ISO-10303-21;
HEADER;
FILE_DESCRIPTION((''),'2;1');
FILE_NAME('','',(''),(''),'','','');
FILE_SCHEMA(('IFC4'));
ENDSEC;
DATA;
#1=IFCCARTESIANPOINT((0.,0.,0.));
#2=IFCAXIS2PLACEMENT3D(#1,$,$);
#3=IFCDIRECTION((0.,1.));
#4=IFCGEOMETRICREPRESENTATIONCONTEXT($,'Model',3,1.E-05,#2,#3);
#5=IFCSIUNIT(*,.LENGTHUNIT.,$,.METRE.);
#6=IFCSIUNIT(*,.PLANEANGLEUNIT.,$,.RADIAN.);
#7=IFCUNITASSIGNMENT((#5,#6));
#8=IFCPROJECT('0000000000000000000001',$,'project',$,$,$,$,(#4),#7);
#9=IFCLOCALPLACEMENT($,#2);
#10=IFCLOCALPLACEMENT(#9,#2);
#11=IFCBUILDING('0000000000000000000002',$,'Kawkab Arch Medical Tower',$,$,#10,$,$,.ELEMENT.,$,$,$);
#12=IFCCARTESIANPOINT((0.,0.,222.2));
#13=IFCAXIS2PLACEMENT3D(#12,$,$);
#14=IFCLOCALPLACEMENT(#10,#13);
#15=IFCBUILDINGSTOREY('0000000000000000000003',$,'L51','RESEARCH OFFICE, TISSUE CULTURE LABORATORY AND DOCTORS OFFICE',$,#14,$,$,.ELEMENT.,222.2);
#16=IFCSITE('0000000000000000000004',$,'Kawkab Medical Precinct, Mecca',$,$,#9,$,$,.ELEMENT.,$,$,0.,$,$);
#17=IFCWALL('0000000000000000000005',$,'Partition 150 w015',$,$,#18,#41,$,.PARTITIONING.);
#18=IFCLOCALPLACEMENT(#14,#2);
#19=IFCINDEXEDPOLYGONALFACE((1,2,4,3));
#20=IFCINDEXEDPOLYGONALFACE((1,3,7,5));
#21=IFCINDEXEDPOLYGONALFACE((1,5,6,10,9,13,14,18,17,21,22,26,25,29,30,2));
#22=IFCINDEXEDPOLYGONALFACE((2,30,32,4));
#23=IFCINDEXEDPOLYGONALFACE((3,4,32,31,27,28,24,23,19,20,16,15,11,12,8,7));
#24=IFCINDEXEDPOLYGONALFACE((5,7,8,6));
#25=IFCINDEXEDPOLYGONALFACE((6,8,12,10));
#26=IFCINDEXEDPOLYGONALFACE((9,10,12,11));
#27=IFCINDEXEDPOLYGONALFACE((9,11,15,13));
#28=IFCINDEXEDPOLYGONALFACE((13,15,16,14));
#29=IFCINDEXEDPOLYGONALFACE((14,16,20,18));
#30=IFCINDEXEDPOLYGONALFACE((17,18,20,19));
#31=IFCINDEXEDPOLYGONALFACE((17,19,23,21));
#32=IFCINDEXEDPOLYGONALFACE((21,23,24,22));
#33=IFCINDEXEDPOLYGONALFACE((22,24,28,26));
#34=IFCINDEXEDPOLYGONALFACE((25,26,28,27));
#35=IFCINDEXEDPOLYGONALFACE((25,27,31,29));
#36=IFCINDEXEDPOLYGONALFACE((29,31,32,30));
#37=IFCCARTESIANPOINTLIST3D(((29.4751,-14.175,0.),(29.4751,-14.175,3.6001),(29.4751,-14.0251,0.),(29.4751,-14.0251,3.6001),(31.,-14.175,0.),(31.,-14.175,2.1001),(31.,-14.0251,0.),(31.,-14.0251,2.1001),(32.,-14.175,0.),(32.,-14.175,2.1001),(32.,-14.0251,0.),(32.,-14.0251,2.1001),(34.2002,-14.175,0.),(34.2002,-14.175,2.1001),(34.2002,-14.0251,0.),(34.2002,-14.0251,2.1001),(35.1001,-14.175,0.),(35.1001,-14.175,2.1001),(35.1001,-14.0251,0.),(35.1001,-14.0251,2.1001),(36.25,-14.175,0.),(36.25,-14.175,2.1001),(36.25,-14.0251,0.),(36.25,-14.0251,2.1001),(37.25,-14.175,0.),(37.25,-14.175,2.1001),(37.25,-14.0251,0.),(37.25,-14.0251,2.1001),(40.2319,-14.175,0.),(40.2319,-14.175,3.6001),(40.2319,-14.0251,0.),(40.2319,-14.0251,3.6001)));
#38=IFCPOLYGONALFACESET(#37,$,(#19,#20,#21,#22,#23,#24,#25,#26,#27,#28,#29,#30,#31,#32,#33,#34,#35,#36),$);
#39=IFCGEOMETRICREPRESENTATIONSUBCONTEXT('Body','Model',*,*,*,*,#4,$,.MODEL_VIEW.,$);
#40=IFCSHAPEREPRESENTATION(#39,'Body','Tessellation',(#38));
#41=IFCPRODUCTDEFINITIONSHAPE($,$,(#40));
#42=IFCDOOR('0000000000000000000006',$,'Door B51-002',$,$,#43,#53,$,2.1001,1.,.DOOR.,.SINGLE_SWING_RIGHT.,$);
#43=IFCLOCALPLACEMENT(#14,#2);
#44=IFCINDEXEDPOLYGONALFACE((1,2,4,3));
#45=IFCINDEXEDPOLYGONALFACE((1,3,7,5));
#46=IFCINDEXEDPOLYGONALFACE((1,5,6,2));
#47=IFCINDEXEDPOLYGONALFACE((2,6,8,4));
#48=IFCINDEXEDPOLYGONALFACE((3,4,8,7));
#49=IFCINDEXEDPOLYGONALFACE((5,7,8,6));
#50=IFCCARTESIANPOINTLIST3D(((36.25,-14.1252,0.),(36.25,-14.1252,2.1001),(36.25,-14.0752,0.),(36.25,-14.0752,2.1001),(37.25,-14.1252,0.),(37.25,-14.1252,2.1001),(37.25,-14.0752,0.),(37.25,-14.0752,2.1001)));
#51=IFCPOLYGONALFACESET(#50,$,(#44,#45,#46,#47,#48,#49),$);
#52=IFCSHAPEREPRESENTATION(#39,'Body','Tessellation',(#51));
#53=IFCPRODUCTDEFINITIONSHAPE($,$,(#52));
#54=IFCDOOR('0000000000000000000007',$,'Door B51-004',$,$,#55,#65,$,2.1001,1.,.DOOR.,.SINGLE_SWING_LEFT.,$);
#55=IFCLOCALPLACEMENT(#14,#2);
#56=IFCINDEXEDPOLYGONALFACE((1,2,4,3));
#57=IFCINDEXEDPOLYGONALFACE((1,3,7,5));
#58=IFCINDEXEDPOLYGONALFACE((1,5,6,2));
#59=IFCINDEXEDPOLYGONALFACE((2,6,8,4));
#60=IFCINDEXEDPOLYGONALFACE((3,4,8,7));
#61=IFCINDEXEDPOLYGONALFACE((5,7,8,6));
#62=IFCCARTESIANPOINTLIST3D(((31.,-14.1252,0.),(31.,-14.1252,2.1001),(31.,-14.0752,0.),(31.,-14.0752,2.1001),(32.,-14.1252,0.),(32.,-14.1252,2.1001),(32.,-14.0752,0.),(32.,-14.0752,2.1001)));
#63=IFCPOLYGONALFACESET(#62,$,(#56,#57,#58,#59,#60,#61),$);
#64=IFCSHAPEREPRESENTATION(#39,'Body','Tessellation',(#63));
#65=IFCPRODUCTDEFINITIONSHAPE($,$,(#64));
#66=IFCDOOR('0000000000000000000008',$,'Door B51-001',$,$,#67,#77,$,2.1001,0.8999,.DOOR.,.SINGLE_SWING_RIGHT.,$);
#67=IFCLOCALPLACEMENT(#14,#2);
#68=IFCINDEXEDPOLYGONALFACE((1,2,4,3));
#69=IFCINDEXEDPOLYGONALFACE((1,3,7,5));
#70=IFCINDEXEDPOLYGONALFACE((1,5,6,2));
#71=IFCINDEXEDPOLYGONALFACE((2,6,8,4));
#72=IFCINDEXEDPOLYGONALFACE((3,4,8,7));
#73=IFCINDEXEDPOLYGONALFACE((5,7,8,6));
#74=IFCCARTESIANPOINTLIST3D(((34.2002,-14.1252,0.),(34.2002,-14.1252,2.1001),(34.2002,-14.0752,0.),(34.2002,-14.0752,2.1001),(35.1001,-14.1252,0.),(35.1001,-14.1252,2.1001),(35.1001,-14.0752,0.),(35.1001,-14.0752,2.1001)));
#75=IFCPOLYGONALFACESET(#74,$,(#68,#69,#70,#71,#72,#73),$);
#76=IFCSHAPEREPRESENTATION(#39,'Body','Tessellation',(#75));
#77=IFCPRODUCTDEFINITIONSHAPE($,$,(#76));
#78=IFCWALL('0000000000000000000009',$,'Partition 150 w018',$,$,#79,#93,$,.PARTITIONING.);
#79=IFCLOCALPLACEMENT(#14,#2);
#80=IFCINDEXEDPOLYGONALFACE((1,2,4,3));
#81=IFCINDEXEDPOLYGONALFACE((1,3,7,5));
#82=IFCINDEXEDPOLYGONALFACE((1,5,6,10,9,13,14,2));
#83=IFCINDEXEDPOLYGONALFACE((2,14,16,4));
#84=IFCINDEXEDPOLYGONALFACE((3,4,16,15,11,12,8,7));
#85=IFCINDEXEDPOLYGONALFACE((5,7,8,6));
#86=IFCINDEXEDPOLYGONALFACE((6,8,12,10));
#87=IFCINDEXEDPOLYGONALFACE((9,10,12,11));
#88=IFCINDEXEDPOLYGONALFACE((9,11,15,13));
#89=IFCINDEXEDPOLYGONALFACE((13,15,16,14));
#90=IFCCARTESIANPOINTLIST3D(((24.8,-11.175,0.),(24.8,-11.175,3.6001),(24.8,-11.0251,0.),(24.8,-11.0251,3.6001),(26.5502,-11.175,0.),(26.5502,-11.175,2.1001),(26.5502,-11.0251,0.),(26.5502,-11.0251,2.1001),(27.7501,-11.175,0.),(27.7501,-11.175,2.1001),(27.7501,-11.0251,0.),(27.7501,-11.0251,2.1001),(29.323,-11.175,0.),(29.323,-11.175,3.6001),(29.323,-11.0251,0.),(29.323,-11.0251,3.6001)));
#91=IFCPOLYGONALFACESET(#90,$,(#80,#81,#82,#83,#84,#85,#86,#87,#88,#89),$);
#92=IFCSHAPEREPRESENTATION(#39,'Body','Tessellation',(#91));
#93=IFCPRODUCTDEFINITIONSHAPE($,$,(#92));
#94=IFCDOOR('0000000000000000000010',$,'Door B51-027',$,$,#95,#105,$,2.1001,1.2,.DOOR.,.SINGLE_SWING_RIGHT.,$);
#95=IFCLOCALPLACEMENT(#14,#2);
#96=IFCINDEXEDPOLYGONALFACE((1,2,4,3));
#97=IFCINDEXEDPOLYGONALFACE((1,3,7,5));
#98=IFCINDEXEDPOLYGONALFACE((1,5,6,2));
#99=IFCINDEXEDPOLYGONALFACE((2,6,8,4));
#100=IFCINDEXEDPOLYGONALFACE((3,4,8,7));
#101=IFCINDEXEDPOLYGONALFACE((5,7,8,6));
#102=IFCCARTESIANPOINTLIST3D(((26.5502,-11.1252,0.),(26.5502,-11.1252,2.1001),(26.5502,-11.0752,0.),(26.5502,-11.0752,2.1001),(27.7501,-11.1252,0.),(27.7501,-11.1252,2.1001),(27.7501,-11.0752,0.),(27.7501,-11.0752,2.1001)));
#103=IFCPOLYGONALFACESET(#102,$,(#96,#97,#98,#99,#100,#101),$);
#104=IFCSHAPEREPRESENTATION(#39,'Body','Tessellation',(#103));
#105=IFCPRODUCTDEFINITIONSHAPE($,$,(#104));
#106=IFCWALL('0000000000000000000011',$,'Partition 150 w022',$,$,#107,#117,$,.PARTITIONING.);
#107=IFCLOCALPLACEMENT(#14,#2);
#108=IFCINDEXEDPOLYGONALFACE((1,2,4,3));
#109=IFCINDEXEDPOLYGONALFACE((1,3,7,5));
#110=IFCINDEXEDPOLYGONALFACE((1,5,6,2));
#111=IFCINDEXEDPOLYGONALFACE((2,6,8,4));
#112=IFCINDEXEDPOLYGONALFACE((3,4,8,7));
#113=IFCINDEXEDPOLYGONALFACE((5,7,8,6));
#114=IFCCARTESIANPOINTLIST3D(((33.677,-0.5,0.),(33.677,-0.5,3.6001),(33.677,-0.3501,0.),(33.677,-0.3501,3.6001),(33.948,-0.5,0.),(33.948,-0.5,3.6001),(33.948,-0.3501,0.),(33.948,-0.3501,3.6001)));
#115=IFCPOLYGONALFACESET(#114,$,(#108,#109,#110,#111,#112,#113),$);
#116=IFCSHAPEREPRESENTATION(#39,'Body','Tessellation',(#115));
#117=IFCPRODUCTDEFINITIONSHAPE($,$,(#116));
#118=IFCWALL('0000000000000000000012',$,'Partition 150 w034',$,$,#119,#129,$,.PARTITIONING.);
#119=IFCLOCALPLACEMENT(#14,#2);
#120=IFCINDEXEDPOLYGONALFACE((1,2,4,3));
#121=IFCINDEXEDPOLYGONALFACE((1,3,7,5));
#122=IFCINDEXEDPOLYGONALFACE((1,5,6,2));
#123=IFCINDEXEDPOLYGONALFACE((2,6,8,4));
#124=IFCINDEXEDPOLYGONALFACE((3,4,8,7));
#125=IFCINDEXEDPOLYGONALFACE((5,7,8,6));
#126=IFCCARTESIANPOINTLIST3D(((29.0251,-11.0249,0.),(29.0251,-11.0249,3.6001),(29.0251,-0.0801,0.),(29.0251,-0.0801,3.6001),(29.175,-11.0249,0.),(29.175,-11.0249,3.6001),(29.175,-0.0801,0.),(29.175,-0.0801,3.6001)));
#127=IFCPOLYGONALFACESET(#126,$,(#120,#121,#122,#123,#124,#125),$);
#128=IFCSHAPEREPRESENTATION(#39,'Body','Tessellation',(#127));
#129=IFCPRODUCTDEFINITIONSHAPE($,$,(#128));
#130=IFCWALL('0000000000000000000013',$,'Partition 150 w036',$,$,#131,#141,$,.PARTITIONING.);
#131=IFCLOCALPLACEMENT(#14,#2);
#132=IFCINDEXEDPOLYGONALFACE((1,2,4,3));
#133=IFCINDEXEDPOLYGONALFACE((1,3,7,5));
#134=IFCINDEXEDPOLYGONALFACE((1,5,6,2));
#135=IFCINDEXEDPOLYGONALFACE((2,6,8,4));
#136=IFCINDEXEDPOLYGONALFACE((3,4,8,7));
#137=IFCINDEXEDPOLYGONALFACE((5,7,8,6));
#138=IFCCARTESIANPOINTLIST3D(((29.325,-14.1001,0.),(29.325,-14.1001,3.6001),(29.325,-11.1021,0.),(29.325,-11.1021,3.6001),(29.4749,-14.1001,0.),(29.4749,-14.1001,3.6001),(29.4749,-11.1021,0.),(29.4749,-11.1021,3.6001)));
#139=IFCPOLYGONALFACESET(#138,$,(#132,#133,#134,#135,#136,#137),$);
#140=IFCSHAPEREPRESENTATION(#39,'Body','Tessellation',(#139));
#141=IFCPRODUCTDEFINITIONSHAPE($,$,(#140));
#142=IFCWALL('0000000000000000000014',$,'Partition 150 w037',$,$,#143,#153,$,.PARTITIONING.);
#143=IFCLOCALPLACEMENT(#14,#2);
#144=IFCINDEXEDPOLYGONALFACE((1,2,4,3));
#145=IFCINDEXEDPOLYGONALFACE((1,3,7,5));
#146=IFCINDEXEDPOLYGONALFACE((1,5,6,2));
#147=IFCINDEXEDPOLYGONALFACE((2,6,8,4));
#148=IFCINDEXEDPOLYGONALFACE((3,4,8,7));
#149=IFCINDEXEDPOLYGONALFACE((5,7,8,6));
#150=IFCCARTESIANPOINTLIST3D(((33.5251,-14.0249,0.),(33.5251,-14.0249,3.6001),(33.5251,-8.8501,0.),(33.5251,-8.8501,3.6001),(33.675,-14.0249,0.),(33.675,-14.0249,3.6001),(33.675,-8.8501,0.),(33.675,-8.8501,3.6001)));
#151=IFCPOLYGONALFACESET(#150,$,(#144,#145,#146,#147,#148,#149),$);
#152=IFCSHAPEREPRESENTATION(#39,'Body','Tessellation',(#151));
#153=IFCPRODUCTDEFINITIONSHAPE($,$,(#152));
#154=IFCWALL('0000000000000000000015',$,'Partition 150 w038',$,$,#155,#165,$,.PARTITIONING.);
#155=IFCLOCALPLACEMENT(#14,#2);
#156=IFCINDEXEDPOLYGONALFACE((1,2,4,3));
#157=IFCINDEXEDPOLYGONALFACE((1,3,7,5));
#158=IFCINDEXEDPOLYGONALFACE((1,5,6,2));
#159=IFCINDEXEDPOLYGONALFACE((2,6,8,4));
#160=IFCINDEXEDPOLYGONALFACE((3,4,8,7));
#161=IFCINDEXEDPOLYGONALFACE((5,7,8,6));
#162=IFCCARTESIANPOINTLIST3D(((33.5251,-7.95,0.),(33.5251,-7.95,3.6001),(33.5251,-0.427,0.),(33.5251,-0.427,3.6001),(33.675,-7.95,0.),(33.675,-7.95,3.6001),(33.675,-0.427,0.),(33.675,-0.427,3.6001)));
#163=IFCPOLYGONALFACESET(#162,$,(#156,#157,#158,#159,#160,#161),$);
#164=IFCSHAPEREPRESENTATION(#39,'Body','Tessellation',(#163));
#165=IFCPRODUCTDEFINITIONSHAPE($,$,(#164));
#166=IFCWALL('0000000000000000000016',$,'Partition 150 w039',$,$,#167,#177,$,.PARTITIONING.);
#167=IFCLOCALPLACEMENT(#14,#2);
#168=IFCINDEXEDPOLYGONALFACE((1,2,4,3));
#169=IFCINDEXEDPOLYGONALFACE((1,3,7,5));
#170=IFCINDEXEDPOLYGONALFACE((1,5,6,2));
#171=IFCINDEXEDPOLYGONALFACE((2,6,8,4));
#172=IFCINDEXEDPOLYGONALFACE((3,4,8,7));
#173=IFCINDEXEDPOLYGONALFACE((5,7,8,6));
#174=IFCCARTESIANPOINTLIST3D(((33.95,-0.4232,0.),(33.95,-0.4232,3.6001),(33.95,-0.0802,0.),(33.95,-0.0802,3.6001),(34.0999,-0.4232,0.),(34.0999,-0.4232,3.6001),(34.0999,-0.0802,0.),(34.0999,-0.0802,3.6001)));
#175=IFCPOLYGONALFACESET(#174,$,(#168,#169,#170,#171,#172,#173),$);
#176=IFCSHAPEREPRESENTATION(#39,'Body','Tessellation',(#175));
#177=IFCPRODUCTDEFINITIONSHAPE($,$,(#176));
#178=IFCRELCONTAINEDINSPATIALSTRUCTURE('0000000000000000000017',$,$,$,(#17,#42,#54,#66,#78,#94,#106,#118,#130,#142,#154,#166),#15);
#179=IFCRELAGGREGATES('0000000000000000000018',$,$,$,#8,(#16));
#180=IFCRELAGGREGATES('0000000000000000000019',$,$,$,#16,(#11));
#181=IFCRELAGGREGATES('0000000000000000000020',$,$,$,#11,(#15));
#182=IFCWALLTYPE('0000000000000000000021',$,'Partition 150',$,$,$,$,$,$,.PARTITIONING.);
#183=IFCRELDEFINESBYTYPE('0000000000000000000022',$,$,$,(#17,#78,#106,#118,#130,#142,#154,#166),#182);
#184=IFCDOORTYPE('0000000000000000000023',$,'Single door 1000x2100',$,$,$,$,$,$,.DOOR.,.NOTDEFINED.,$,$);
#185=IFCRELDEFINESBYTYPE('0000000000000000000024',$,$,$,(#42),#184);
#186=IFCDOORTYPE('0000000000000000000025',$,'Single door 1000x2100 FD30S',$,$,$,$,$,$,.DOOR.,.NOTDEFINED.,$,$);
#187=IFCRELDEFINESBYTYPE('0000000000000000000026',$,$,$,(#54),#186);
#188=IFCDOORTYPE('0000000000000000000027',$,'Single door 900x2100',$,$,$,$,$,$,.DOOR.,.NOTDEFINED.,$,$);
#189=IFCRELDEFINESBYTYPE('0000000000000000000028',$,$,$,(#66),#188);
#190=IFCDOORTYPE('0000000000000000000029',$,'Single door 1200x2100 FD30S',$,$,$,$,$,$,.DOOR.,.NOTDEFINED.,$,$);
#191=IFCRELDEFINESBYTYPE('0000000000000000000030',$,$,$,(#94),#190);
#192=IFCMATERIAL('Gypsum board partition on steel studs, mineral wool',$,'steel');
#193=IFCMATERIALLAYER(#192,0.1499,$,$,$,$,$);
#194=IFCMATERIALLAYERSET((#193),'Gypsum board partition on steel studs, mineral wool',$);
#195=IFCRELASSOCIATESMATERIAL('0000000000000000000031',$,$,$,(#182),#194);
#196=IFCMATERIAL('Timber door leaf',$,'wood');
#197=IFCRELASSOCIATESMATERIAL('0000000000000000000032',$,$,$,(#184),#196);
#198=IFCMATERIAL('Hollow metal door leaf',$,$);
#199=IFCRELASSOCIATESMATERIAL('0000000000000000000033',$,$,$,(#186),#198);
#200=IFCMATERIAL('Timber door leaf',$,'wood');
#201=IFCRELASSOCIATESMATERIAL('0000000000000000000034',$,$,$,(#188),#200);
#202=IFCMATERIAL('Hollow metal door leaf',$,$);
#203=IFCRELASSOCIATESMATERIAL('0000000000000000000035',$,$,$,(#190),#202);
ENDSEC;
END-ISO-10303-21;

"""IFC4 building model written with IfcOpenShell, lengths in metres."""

from ifc_helpers import new_model, si_unit, direction, frame, frame_2d, origin, place, context, subcontext, project, spatial, rectangle, extrude, material, layer, layer_set, type_object, element, fill, save


model = new_model("IFC4")

# Units and contexts
model_context = context("Model", 3, precision=1e-05, world=origin(), true_north=direction((0.0, 1.0)))
body_context = subcontext(model_context, "Body", "Model", "MODEL_VIEW")
ifc_project = project(units=[si_unit("LENGTHUNIT", "METRE"), si_unit("PLANEANGLEUNIT", "RADIAN")], contexts=[model_context])

# Site, building, storey
site_placement = place(None, origin())
site = spatial("IfcSite", under=ifc_project, at=site_placement, Name="Kawkab Medical Precinct, Mecca", CompositionType="ELEMENT", RefElevation=0.0)
building_placement = place(site_placement, origin())
building = spatial("IfcBuilding", under=site, at=building_placement, Name="Kawkab Arch Medical Tower", CompositionType="ELEMENT")
storey_placement = place(building_placement, frame((0.0, 0.0, 222.2)))
storey = spatial("IfcBuildingStorey", under=building, at=storey_placement, Name="L51", Description="RESEARCH OFFICE, TISSUE CULTURE LABORATORY AND DOCTORS OFFICE", CompositionType="ELEMENT", Elevation=222.2)

# Wall, openings, doors
ifc_material_1 = material(Name="Gypsum board partition on steel studs, mineral wool", Category="steel")
ifc_layer_1 = layer(ifc_material_1, 0.1499)
ifc_layer_set_1 = layer_set([ifc_layer_1], Name="Gypsum board partition on steel studs, mineral wool")
wall_type_1 = type_object("IfcWallType", Name="Partition 150", PredefinedType="PARTITIONING", material=ifc_layer_set_1)
wall_1_placement = place(storey_placement, frame((29.4751, -14.1001, 0.0), z_axis=(0.0, 0.0, 1.0), x_axis=(1.0, 0.0, 0.0)))
wall_1 = element("IfcWall", 1, at=wall_1_placement, inside=storey, type_object=wall_type_1, Name="Partition 150 w015", PredefinedType="PARTITIONING", context=body_context, shape_type="SweptSolid", body=[
    extrude(rectangle(XDim=10.7568, YDim=0.1499, at=frame_2d((5.3784, 0.0))), origin(), (0.0, 0.0, 1.0), 3.6001),
])
opening_1_placement = place(wall_1_placement, frame((1.5249, 0.0, 0.0)))
opening_1 = element("IfcOpeningElement", 2, at=opening_1_placement, cuts=wall_1, PredefinedType="OPENING", context=body_context, shape_type="SweptSolid", body=[
    extrude(rectangle(XDim=1.0, YDim=2.1001, at=frame_2d((0.5, 1.05))), frame((0.0, 0.085, 0.0), z_axis=(0.0, -1.0, 0.0), x_axis=(1.0, 0.0, 0.0)), (0.0, 0.0, 1.0), 0.1699),
])
opening_2_placement = place(wall_1_placement, frame((4.7251, 0.0, 0.0)))
opening_2 = element("IfcOpeningElement", 3, at=opening_2_placement, cuts=wall_1, PredefinedType="OPENING", context=body_context, shape_type="SweptSolid", body=[
    extrude(rectangle(XDim=0.8999, YDim=2.1001, at=frame_2d((0.45, 1.05))), frame((0.0, 0.085, 0.0), z_axis=(0.0, -1.0, 0.0), x_axis=(1.0, 0.0, 0.0)), (0.0, 0.0, 1.0), 0.1699),
])
opening_3_placement = place(wall_1_placement, frame((6.7749, 0.0, 0.0)))
opening_3 = element("IfcOpeningElement", 4, at=opening_3_placement, cuts=wall_1, PredefinedType="OPENING", context=body_context, shape_type="SweptSolid", body=[
    extrude(rectangle(XDim=1.0, YDim=2.1001, at=frame_2d((0.5, 1.05))), frame((0.0, 0.085, 0.0), z_axis=(0.0, -1.0, 0.0), x_axis=(1.0, 0.0, 0.0)), (0.0, 0.0, 1.0), 0.1699),
])
ifc_material_2 = material(Name="Timber door leaf", Category="wood")
door_type_1 = type_object("IfcDoorType", Name="Single door 1000x2100", OperationType="NOTDEFINED", PredefinedType="DOOR", material=ifc_material_2)
door_1_placement = place(opening_3_placement, origin())
door_1 = element("IfcDoor", 5, at=door_1_placement, inside=storey, type_object=door_type_1, Name="Door B51-002", OperationType="SINGLE_SWING_RIGHT", OverallHeight=2.1001, OverallWidth=1.0, PredefinedType="DOOR", context=body_context, shape_type="SweptSolid", body=[
    extrude(rectangle(XDim=1.0, YDim=2.1001, at=frame_2d((0.5, 1.05))), frame((0.0, 0.0249, 0.0), z_axis=(0.0, -1.0, 0.0), x_axis=(1.0, 0.0, 0.0)), (0.0, 0.0, 1.0), 0.05),
])
fill(opening_3, door_1)
ifc_material_3 = material(Name="Hollow metal door leaf")
door_type_2 = type_object("IfcDoorType", Name="Single door 1000x2100 FD30S", OperationType="NOTDEFINED", PredefinedType="DOOR", material=ifc_material_3)
door_2_placement = place(opening_1_placement, origin())
door_2 = element("IfcDoor", 6, at=door_2_placement, inside=storey, type_object=door_type_2, Name="Door B51-004", OperationType="SINGLE_SWING_LEFT", OverallHeight=2.1001, OverallWidth=1.0, PredefinedType="DOOR", context=body_context, shape_type="SweptSolid", body=[
    extrude(rectangle(XDim=1.0, YDim=2.1001, at=frame_2d((0.5, 1.05))), frame((0.0, 0.0249, 0.0), z_axis=(0.0, -1.0, 0.0), x_axis=(1.0, 0.0, 0.0)), (0.0, 0.0, 1.0), 0.05),
])
fill(opening_1, door_2)
ifc_material_4 = material(Name="Timber door leaf", Category="wood")
door_type_3 = type_object("IfcDoorType", Name="Single door 900x2100", OperationType="NOTDEFINED", PredefinedType="DOOR", material=ifc_material_4)
door_3_placement = place(opening_2_placement, origin())
door_3 = element("IfcDoor", 7, at=door_3_placement, inside=storey, type_object=door_type_3, Name="Door B51-001", OperationType="SINGLE_SWING_RIGHT", OverallHeight=2.1001, OverallWidth=0.8999, PredefinedType="DOOR", context=body_context, shape_type="SweptSolid", body=[
    extrude(rectangle(XDim=0.8999, YDim=2.1001, at=frame_2d((0.45, 1.05))), frame((0.0, 0.0249, 0.0), z_axis=(0.0, -1.0, 0.0), x_axis=(1.0, 0.0, 0.0)), (0.0, 0.0, 1.0), 0.05),
])
fill(opening_2, door_3)

# Wall, opening, door
wall_2_placement = place(storey_placement, frame((24.8, -11.1001, 0.0), z_axis=(0.0, 0.0, 1.0), x_axis=(1.0, 0.0, 0.0)))
wall_2 = element("IfcWall", 8, at=wall_2_placement, inside=storey, type_object=wall_type_1, Name="Partition 150 w018", PredefinedType="PARTITIONING", context=body_context, shape_type="SweptSolid", body=[
    extrude(rectangle(XDim=4.5229, YDim=0.1499, at=frame_2d((2.2615, 0.0))), origin(), (0.0, 0.0, 1.0), 3.6001),
])
opening_4_placement = place(wall_2_placement, frame((1.75, 0.0, 0.0)))
opening_4 = element("IfcOpeningElement", 9, at=opening_4_placement, cuts=wall_2, PredefinedType="OPENING", context=body_context, shape_type="SweptSolid", body=[
    extrude(rectangle(XDim=1.2, YDim=2.1001, at=frame_2d((0.6001, 1.05))), frame((0.0, 0.085, 0.0), z_axis=(0.0, -1.0, 0.0), x_axis=(1.0, 0.0, 0.0)), (0.0, 0.0, 1.0), 0.1699),
])
ifc_material_5 = material(Name="Hollow metal door leaf")
door_type_4 = type_object("IfcDoorType", Name="Single door 1200x2100 FD30S", OperationType="NOTDEFINED", PredefinedType="DOOR", material=ifc_material_5)
door_4_placement = place(opening_4_placement, origin())
door_4 = element("IfcDoor", 10, at=door_4_placement, inside=storey, type_object=door_type_4, Name="Door B51-027", OperationType="SINGLE_SWING_RIGHT", OverallHeight=2.1001, OverallWidth=1.2, PredefinedType="DOOR", context=body_context, shape_type="SweptSolid", body=[
    extrude(rectangle(XDim=1.2, YDim=2.1001, at=frame_2d((0.6001, 1.05))), frame((0.0, 0.0249, 0.0), z_axis=(0.0, -1.0, 0.0), x_axis=(1.0, 0.0, 0.0)), (0.0, 0.0, 1.0), 0.05),
])
fill(opening_4, door_4)

# Walls
wall_3_placement = place(storey_placement, frame((33.677, -0.425, 0.0), z_axis=(0.0, 0.0, 1.0), x_axis=(1.0, 0.0, 0.0)))
element("IfcWall", 11, at=wall_3_placement, inside=storey, type_object=wall_type_1, Name="Partition 150 w022", PredefinedType="PARTITIONING", context=body_context, shape_type="SweptSolid", body=[
    extrude(rectangle(XDim=0.271, YDim=0.1499, at=frame_2d((0.1355, 0.0))), origin(), (0.0, 0.0, 1.0), 3.6001),
])
wall_4_placement = place(storey_placement, frame((29.1001, -11.0249, 0.0), z_axis=(0.0, 0.0, 1.0), x_axis=(0.0, 1.0, 0.0)))
element("IfcWall", 12, at=wall_4_placement, inside=storey, type_object=wall_type_1, Name="Partition 150 w034", PredefinedType="PARTITIONING", context=body_context, shape_type="SweptSolid", body=[
    extrude(rectangle(XDim=10.9448, YDim=0.1499, at=frame_2d((5.4724, 0.0))), origin(), (0.0, 0.0, 1.0), 3.6001),
])
wall_5_placement = place(storey_placement, frame((29.3999, -14.1001, 0.0), z_axis=(0.0, 0.0, 1.0), x_axis=(0.0, 1.0, 0.0)))
element("IfcWall", 13, at=wall_5_placement, inside=storey, type_object=wall_type_1, Name="Partition 150 w036", PredefinedType="PARTITIONING", context=body_context, shape_type="SweptSolid", body=[
    extrude(rectangle(XDim=2.998, YDim=0.1499, at=frame_2d((1.499, 0.0))), origin(), (0.0, 0.0, 1.0), 3.6001),
])
wall_6_placement = place(storey_placement, frame((33.6001, -14.0249, 0.0), z_axis=(0.0, 0.0, 1.0), x_axis=(0.0, 1.0, 0.0)))
element("IfcWall", 14, at=wall_6_placement, inside=storey, type_object=wall_type_1, Name="Partition 150 w037", PredefinedType="PARTITIONING", context=body_context, shape_type="SweptSolid", body=[
    extrude(rectangle(XDim=5.1748, YDim=0.1499, at=frame_2d((2.5874, 0.0))), origin(), (0.0, 0.0, 1.0), 3.6001),
])
wall_7_placement = place(storey_placement, frame((33.6001, -7.95, 0.0), z_axis=(0.0, 0.0, 1.0), x_axis=(0.0, 1.0, 0.0)))
element("IfcWall", 15, at=wall_7_placement, inside=storey, type_object=wall_type_1, Name="Partition 150 w038", PredefinedType="PARTITIONING", context=body_context, shape_type="SweptSolid", body=[
    extrude(rectangle(XDim=7.5229, YDim=0.1499, at=frame_2d((3.7615, 0.0))), origin(), (0.0, 0.0, 1.0), 3.6001),
])
wall_8_placement = place(storey_placement, frame((34.0249, -0.4231, 0.0), z_axis=(0.0, 0.0, 1.0), x_axis=(0.0, 1.0, 0.0)))
element("IfcWall", 16, at=wall_8_placement, inside=storey, type_object=wall_type_1, Name="Partition 150 w039", PredefinedType="PARTITIONING", context=body_context, shape_type="SweptSolid", body=[
    extrude(rectangle(XDim=0.343, YDim=0.1499, at=frame_2d((0.1714, 0.0))), origin(), (0.0, 0.0, 1.0), 3.6001),
])

save(model, "model.ifc")
